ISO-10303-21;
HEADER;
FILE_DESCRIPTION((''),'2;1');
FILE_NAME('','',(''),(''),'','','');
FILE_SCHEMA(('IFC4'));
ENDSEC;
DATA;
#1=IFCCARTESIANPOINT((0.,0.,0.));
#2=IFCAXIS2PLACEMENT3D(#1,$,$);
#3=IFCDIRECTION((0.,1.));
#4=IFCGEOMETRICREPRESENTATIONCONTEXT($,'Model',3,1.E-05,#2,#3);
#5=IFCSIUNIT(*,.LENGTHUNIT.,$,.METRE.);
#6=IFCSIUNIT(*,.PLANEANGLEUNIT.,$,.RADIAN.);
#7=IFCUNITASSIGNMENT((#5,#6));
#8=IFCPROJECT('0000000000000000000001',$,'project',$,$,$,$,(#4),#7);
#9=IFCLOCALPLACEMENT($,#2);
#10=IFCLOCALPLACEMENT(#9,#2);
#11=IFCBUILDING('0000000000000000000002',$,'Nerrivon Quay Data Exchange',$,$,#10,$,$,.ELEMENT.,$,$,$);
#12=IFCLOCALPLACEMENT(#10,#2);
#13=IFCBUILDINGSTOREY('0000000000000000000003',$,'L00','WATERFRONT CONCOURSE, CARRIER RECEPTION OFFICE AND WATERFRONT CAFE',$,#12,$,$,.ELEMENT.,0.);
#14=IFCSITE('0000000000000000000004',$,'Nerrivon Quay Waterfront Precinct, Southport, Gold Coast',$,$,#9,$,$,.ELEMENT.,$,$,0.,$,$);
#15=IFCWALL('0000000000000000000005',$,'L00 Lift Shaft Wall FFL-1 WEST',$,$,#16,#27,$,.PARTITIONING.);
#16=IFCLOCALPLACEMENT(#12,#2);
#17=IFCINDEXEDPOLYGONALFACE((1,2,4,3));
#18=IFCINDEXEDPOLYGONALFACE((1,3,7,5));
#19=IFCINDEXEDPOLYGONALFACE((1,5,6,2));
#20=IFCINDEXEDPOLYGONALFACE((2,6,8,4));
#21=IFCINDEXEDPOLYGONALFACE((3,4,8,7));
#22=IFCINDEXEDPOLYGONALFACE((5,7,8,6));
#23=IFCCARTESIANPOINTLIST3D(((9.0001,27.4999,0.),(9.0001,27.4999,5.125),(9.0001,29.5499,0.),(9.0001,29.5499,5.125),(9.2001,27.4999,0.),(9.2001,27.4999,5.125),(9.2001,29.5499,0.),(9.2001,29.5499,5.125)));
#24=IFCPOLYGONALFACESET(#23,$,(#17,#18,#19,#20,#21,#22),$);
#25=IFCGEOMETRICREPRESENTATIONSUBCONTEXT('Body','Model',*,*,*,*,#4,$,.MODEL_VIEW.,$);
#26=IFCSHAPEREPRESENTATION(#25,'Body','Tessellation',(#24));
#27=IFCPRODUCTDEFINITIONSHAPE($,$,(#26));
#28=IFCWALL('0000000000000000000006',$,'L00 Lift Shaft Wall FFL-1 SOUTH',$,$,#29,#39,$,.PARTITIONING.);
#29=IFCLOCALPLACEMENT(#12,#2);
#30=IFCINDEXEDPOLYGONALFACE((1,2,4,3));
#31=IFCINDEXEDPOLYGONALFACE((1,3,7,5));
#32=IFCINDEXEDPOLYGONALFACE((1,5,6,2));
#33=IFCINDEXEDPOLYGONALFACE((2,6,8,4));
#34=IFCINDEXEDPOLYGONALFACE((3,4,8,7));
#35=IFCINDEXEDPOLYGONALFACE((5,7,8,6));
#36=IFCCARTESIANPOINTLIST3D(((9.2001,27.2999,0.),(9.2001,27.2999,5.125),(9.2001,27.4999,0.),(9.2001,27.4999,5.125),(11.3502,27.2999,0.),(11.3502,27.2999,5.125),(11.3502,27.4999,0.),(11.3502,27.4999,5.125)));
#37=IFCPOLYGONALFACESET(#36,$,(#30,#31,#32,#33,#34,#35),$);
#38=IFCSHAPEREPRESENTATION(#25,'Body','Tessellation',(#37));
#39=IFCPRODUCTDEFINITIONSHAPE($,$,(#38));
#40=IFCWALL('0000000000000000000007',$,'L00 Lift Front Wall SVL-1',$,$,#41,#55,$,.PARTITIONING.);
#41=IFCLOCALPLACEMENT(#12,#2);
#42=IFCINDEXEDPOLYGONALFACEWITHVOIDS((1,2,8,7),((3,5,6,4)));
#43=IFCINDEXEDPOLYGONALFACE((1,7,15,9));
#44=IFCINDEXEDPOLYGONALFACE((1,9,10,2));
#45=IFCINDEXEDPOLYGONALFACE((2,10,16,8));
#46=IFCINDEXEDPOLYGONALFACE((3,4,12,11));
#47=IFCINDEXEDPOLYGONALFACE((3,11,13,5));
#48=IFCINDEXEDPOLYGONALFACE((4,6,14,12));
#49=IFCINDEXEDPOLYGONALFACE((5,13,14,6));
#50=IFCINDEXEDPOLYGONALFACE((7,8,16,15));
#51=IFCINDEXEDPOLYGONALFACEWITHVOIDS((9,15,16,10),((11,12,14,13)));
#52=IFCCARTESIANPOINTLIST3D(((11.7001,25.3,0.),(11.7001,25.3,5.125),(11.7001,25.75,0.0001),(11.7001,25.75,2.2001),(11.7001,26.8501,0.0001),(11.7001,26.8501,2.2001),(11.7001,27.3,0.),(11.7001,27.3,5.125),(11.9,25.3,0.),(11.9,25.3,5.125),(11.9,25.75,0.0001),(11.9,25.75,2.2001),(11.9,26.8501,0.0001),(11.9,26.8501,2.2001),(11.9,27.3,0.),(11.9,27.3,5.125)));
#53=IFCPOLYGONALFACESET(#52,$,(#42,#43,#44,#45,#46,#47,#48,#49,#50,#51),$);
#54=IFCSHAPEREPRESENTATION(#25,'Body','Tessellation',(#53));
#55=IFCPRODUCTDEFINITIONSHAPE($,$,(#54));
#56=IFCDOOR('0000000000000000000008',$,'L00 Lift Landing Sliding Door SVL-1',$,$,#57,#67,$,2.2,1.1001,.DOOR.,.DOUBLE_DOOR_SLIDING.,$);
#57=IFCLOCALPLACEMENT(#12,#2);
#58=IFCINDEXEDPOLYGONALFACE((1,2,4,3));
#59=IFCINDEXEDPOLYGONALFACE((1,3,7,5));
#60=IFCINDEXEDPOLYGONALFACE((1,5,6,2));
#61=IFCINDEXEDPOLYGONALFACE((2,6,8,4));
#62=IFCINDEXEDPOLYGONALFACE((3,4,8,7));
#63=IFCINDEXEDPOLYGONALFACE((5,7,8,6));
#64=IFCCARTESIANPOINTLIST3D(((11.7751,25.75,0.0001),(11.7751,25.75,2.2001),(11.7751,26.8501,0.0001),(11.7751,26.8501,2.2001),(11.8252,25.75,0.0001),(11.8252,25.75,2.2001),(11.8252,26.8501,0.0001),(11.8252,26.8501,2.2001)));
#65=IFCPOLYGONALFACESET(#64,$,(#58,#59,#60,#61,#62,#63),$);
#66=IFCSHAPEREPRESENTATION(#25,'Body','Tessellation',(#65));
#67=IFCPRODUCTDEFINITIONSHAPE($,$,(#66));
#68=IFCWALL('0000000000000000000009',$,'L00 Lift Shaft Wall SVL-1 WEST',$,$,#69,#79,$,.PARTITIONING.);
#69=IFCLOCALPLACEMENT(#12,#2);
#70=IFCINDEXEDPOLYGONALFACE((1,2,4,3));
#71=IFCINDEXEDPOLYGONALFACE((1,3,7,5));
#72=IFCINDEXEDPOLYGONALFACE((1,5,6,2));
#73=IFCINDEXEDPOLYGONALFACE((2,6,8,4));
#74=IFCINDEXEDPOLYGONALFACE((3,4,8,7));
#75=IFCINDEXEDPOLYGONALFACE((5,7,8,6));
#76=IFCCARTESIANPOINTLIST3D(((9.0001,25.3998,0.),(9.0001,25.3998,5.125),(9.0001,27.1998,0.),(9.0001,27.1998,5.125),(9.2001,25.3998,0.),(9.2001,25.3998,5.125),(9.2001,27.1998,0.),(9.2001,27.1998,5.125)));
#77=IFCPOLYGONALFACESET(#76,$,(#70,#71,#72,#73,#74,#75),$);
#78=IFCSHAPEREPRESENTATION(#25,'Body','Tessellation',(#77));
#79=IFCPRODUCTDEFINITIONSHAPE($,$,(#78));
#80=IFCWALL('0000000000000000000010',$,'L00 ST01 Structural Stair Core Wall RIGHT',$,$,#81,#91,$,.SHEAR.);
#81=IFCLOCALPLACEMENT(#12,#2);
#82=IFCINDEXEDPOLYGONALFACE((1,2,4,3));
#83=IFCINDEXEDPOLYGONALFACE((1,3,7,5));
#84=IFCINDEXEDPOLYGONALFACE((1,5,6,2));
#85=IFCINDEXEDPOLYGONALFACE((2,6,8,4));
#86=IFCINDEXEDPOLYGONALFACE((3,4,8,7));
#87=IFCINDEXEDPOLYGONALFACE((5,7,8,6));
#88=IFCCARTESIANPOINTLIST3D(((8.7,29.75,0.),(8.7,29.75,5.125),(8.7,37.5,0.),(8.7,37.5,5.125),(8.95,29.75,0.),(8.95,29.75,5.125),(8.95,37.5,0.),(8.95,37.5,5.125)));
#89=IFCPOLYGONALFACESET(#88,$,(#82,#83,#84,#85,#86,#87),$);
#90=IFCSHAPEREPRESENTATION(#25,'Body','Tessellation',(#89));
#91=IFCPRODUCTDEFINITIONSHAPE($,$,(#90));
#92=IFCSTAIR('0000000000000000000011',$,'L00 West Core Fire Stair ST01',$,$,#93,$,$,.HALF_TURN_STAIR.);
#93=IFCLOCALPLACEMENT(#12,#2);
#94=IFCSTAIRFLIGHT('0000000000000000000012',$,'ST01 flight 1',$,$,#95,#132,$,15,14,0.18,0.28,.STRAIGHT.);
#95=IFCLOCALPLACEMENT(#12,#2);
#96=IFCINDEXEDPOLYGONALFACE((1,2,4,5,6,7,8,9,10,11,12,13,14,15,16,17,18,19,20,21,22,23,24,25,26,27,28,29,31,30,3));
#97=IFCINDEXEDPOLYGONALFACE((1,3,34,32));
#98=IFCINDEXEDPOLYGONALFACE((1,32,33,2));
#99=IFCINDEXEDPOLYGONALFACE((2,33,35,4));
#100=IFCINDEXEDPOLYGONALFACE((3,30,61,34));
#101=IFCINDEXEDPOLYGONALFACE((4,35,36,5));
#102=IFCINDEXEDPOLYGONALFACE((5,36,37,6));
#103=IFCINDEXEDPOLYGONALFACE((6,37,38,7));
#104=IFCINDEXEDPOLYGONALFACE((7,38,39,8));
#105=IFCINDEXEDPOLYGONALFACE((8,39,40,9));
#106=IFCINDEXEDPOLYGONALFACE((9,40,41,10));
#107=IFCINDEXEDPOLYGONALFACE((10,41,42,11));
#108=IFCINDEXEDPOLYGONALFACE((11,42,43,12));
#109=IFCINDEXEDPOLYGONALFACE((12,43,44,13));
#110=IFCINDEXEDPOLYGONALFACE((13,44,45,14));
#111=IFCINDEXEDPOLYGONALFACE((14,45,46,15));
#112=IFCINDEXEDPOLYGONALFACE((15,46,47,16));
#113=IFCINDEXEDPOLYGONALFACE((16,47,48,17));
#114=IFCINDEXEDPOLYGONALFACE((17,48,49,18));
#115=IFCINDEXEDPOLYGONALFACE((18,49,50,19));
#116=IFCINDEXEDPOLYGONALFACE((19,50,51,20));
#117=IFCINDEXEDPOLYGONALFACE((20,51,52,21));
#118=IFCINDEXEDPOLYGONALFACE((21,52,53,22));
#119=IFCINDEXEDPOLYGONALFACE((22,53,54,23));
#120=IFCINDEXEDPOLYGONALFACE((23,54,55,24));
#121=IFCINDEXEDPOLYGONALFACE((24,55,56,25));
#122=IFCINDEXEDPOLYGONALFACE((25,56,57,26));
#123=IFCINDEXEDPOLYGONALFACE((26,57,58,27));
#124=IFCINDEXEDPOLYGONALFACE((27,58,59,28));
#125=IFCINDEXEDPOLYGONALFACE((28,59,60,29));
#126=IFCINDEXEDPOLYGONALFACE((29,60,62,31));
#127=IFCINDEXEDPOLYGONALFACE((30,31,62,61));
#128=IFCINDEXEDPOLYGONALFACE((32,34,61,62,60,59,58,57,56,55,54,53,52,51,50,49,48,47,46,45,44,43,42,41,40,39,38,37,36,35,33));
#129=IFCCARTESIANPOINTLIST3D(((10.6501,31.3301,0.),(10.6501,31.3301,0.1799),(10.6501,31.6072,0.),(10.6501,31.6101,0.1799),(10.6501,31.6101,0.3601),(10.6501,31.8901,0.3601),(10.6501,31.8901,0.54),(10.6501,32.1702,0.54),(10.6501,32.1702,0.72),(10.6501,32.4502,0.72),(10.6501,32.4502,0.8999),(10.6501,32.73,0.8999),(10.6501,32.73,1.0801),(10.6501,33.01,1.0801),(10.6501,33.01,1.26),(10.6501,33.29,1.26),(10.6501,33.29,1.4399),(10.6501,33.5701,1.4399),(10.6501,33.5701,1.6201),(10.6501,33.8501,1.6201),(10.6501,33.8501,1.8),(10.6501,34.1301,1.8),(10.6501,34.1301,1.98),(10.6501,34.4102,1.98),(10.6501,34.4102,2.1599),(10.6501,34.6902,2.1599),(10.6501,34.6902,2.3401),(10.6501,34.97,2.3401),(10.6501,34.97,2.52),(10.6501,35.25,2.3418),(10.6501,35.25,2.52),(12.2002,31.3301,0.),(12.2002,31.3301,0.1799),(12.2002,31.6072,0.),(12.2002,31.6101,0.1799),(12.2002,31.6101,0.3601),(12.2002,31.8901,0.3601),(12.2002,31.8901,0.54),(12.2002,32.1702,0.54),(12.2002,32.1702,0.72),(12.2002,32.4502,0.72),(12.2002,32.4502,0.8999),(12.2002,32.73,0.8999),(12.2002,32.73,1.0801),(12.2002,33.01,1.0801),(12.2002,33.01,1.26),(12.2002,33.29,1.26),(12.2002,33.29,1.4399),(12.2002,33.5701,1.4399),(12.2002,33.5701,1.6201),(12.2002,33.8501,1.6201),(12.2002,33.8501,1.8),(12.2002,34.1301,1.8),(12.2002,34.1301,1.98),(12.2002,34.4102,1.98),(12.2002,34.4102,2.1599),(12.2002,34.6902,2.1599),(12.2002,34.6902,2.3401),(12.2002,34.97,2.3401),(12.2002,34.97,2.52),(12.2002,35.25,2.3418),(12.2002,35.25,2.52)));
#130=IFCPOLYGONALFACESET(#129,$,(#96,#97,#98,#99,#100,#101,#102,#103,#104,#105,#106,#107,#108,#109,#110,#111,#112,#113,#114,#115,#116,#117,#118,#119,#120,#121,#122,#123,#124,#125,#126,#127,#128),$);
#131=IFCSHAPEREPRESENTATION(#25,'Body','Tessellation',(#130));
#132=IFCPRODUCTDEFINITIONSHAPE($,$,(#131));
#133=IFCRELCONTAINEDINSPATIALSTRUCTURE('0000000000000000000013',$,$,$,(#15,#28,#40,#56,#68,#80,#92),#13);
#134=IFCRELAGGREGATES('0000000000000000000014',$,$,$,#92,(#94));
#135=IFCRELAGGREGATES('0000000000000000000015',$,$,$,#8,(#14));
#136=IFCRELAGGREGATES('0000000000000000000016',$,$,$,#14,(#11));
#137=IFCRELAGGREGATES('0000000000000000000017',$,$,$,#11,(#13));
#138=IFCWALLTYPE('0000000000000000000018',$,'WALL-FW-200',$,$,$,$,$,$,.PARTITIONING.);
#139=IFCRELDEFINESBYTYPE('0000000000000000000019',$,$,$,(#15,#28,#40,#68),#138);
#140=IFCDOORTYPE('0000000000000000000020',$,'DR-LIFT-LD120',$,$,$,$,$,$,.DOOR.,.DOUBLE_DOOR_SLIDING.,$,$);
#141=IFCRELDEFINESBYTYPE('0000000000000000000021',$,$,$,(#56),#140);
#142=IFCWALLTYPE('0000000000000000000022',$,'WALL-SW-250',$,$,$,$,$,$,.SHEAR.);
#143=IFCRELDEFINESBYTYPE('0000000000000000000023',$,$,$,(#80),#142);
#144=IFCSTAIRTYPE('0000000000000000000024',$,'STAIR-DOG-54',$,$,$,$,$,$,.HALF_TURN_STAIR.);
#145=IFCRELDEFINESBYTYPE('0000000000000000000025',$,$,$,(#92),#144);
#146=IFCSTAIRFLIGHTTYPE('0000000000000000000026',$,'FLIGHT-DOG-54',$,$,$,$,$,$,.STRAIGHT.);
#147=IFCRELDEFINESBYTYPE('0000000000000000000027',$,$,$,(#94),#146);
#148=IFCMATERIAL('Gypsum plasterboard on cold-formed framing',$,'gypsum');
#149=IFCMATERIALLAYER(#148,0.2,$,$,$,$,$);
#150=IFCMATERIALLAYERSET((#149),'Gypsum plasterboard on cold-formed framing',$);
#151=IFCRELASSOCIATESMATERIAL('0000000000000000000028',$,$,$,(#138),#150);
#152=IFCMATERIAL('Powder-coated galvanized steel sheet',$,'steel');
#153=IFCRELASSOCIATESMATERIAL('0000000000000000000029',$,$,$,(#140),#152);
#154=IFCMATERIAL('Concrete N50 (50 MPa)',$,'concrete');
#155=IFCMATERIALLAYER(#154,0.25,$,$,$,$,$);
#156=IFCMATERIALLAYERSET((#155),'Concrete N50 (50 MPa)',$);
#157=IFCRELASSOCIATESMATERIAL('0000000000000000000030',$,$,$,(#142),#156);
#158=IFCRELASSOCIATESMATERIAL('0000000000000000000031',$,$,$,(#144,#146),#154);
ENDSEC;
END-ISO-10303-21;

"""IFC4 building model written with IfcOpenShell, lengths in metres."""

from ifc_helpers import new_model, si_unit, direction, frame, frame_2d, origin, place, context, subcontext, project, spatial, polyline, rectangle, outline, extrude, material, layer, layer_set, type_object, element, fill, aggregate, save


model = new_model("IFC4")

# Units and contexts
model_context = context("Model", 3, precision=1e-05, world=origin(), true_north=direction((0.0, 1.0)))
body_context = subcontext(model_context, "Body", "Model", "MODEL_VIEW")
ifc_project = project(units=[si_unit("LENGTHUNIT", "METRE"), si_unit("PLANEANGLEUNIT", "RADIAN")], contexts=[model_context])

# Site, building, storey
site_placement = place(None, origin())
site = spatial("IfcSite", under=ifc_project, at=site_placement, Name="Nerrivon Quay Waterfront Precinct, Southport, Gold Coast", CompositionType="ELEMENT", RefElevation=0.0)
building_placement = place(site_placement, origin())
building = spatial("IfcBuilding", under=site, at=building_placement, Name="Nerrivon Quay Data Exchange", CompositionType="ELEMENT")
storey_placement = place(building_placement, origin())
storey = spatial("IfcBuildingStorey", under=building, at=storey_placement, Name="L00", Description="WATERFRONT CONCOURSE, CARRIER RECEPTION OFFICE AND WATERFRONT CAFE", CompositionType="ELEMENT", Elevation=0.0)

# Shared definitions
ifc_material_1 = material(Name="Concrete N50 (50 MPa)", Category="concrete")

# Shared definitions
ifc_material_2 = material(Name="Powder-coated galvanized steel sheet", Category="steel")
ifc_material_3 = material(Name="Gypsum plasterboard on cold-formed framing", Category="gypsum")
ifc_layer_1 = layer(ifc_material_3, 0.2)
ifc_layer_set_1 = layer_set([ifc_layer_1], Name="Gypsum plasterboard on cold-formed framing")
wall_type_1 = type_object("IfcWallType", Name="WALL-FW-200", PredefinedType="PARTITIONING", material=ifc_layer_set_1)
door_type_1 = type_object("IfcDoorType", Name="DR-LIFT-LD120", OperationType="DOUBLE_DOOR_SLIDING", PredefinedType="DOOR", material=ifc_material_2)

# Walls
wall_1_placement = place(storey_placement, frame((9.1001, 27.5, 0.0), z_axis=(0.0, 0.0, 1.0), x_axis=(0.0, 1.0, 0.0)))
element("IfcWall", 1, at=wall_1_placement, inside=storey, type_object=wall_type_1, Name="L00 Lift Shaft Wall FFL-1 WEST", PredefinedType="PARTITIONING", context=body_context, shape_type="SweptSolid", body=[
    extrude(rectangle(XDim=2.05, YDim=0.2, at=frame_2d((1.0249, 0.0))), origin(), (0.0, 0.0, 1.0), 5.125),
])
wall_2_placement = place(storey_placement, frame((9.2, 27.3999, 0.0), z_axis=(0.0, 0.0, 1.0), x_axis=(1.0, 0.0, 0.0)))
element("IfcWall", 2, at=wall_2_placement, inside=storey, type_object=wall_type_1, Name="L00 Lift Shaft Wall FFL-1 SOUTH", PredefinedType="PARTITIONING", context=body_context, shape_type="SweptSolid", body=[
    extrude(rectangle(XDim=2.1501, YDim=0.2, at=frame_2d((1.0752, 0.0))), origin(), (0.0, 0.0, 1.0), 5.125),
])

# Wall, opening, door
wall_3_placement = place(storey_placement, frame((11.8, 25.3, 0.0), z_axis=(0.0, 0.0, 1.0), x_axis=(0.0, 1.0, 0.0)))
wall_3 = element("IfcWall", 3, at=wall_3_placement, inside=storey, type_object=wall_type_1, Name="L00 Lift Front Wall SVL-1", PredefinedType="PARTITIONING", context=body_context, shape_type="SweptSolid", body=[
    extrude(rectangle(XDim=2.0, YDim=0.2, at=frame_2d((1.0, 0.0))), origin(), (0.0, 0.0, 1.0), 5.125),
])
opening_1_placement = place(wall_3_placement, frame((0.45, 0.0, 0.0)))
opening_1 = element("IfcOpeningElement", 4, at=opening_1_placement, cuts=wall_3, PredefinedType="OPENING", context=body_context, shape_type="SweptSolid", body=[
    extrude(rectangle(XDim=1.1001, YDim=2.2, at=frame_2d((0.55, 1.1001))), frame((0.0, 0.1099, 0.0), z_axis=(0.0, -1.0, 0.0), x_axis=(1.0, 0.0, 0.0)), (0.0, 0.0, 1.0), 0.22),
])
door_1_placement = place(opening_1_placement, origin())
door_1 = element("IfcDoor", 5, at=door_1_placement, inside=storey, type_object=door_type_1, Name="L00 Lift Landing Sliding Door SVL-1", OperationType="DOUBLE_DOOR_SLIDING", OverallHeight=2.2, OverallWidth=1.1001, PredefinedType="DOOR", context=body_context, shape_type="SweptSolid", body=[
    extrude(rectangle(XDim=1.1001, YDim=2.2, at=frame_2d((0.55, 1.1001))), frame((0.0, 0.0249, 0.0), z_axis=(0.0, -1.0, 0.0), x_axis=(1.0, 0.0, 0.0)), (0.0, 0.0, 1.0), 0.05),
])
fill(opening_1, door_1)

# Walls
wall_4_placement = place(storey_placement, frame((9.1001, 25.3999, 0.0), z_axis=(0.0, 0.0, 1.0), x_axis=(0.0, 1.0, 0.0)))
element("IfcWall", 6, at=wall_4_placement, inside=storey, type_object=wall_type_1, Name="L00 Lift Shaft Wall SVL-1 WEST", PredefinedType="PARTITIONING", context=body_context, shape_type="SweptSolid", body=[
    extrude(rectangle(XDim=1.8, YDim=0.2, at=frame_2d((0.8999, 0.0))), origin(), (0.0, 0.0, 1.0), 5.125),
])
ifc_layer_2 = layer(ifc_material_1, 0.25)
ifc_layer_set_2 = layer_set([ifc_layer_2], Name="Concrete N50 (50 MPa)")
wall_type_2 = type_object("IfcWallType", Name="WALL-SW-250", PredefinedType="SHEAR", material=ifc_layer_set_2)
wall_5_placement = place(storey_placement, frame((8.825, 29.75, 0.0), z_axis=(0.0, 0.0, 1.0), x_axis=(0.0, 1.0, 0.0)))
element("IfcWall", 7, at=wall_5_placement, inside=storey, type_object=wall_type_2, Name="L00 ST01 Structural Stair Core Wall RIGHT", PredefinedType="SHEAR", context=body_context, shape_type="SweptSolid", body=[
    extrude(rectangle(XDim=7.75, YDim=0.25, at=frame_2d((3.875, 0.0))), origin(), (0.0, 0.0, 1.0), 5.125),
])

# Stair, stair flight
stair_type = type_object("IfcStairType", Name="STAIR-DOG-54", PredefinedType="HALF_TURN_STAIR", material=ifc_material_1)
stair_placement = place(storey_placement, origin())
stair = element("IfcStair", 8, at=stair_placement, inside=storey, type_object=stair_type, Name="L00 West Core Fire Stair ST01", PredefinedType="HALF_TURN_STAIR")
stair_flight_type = type_object("IfcStairFlightType", Name="FLIGHT-DOG-54", PredefinedType="STRAIGHT", material=ifc_material_1)
stair_flight_placement = place(storey_placement, frame((11.425, 31.3301, 0.0), z_axis=(0.0, 0.0, 1.0), x_axis=(0.0, 1.0, 0.0)))
stair_flight = element("IfcStairFlight", 9, at=stair_flight_placement, type_object=stair_flight_type, Name="ST01 flight 1", NumberOfRisers=15, NumberOfTreads=14, PredefinedType="STRAIGHT", RiserHeight=0.18, TreadLength=0.28, context=body_context, shape_type="SweptSolid", body=[
    extrude(outline(polyline([(0.0, 0.0), (0.0, 0.1799), (0.28, 0.1799), (0.28, 0.3601), (0.5601, 0.3601), (0.5601, 0.54), (0.8401, 0.54), (0.8401, 0.72), (1.1201, 0.72), (1.1201, 0.8999), (1.3999, 0.8999), (1.3999, 1.0801), (1.6799, 1.0801), (1.6799, 1.26), (1.96, 1.26), (1.96, 1.4399), (2.24, 1.4399), (2.24, 1.6201), (2.52, 1.6201), (2.52, 1.8), (2.8, 1.8), (2.8, 1.98), (3.0801, 1.98), (3.0801, 2.1599), (3.3601, 2.1599), (3.3601, 2.3401), (3.6399, 2.3401), (3.6399, 2.52), (3.9199, 2.52), (3.9199, 2.7), (3.9199, 2.3418), (0.2771, 0.0), (0.0, 0.0)])), frame((0.0, 0.7749, 0.0), z_axis=(0.0, -1.0, 0.0), x_axis=(1.0, 0.0, 0.0)), (0.0, 0.0, 1.0), 1.55),
])
aggregate(stair, [stair_flight])

save(model, "model.ifc")
